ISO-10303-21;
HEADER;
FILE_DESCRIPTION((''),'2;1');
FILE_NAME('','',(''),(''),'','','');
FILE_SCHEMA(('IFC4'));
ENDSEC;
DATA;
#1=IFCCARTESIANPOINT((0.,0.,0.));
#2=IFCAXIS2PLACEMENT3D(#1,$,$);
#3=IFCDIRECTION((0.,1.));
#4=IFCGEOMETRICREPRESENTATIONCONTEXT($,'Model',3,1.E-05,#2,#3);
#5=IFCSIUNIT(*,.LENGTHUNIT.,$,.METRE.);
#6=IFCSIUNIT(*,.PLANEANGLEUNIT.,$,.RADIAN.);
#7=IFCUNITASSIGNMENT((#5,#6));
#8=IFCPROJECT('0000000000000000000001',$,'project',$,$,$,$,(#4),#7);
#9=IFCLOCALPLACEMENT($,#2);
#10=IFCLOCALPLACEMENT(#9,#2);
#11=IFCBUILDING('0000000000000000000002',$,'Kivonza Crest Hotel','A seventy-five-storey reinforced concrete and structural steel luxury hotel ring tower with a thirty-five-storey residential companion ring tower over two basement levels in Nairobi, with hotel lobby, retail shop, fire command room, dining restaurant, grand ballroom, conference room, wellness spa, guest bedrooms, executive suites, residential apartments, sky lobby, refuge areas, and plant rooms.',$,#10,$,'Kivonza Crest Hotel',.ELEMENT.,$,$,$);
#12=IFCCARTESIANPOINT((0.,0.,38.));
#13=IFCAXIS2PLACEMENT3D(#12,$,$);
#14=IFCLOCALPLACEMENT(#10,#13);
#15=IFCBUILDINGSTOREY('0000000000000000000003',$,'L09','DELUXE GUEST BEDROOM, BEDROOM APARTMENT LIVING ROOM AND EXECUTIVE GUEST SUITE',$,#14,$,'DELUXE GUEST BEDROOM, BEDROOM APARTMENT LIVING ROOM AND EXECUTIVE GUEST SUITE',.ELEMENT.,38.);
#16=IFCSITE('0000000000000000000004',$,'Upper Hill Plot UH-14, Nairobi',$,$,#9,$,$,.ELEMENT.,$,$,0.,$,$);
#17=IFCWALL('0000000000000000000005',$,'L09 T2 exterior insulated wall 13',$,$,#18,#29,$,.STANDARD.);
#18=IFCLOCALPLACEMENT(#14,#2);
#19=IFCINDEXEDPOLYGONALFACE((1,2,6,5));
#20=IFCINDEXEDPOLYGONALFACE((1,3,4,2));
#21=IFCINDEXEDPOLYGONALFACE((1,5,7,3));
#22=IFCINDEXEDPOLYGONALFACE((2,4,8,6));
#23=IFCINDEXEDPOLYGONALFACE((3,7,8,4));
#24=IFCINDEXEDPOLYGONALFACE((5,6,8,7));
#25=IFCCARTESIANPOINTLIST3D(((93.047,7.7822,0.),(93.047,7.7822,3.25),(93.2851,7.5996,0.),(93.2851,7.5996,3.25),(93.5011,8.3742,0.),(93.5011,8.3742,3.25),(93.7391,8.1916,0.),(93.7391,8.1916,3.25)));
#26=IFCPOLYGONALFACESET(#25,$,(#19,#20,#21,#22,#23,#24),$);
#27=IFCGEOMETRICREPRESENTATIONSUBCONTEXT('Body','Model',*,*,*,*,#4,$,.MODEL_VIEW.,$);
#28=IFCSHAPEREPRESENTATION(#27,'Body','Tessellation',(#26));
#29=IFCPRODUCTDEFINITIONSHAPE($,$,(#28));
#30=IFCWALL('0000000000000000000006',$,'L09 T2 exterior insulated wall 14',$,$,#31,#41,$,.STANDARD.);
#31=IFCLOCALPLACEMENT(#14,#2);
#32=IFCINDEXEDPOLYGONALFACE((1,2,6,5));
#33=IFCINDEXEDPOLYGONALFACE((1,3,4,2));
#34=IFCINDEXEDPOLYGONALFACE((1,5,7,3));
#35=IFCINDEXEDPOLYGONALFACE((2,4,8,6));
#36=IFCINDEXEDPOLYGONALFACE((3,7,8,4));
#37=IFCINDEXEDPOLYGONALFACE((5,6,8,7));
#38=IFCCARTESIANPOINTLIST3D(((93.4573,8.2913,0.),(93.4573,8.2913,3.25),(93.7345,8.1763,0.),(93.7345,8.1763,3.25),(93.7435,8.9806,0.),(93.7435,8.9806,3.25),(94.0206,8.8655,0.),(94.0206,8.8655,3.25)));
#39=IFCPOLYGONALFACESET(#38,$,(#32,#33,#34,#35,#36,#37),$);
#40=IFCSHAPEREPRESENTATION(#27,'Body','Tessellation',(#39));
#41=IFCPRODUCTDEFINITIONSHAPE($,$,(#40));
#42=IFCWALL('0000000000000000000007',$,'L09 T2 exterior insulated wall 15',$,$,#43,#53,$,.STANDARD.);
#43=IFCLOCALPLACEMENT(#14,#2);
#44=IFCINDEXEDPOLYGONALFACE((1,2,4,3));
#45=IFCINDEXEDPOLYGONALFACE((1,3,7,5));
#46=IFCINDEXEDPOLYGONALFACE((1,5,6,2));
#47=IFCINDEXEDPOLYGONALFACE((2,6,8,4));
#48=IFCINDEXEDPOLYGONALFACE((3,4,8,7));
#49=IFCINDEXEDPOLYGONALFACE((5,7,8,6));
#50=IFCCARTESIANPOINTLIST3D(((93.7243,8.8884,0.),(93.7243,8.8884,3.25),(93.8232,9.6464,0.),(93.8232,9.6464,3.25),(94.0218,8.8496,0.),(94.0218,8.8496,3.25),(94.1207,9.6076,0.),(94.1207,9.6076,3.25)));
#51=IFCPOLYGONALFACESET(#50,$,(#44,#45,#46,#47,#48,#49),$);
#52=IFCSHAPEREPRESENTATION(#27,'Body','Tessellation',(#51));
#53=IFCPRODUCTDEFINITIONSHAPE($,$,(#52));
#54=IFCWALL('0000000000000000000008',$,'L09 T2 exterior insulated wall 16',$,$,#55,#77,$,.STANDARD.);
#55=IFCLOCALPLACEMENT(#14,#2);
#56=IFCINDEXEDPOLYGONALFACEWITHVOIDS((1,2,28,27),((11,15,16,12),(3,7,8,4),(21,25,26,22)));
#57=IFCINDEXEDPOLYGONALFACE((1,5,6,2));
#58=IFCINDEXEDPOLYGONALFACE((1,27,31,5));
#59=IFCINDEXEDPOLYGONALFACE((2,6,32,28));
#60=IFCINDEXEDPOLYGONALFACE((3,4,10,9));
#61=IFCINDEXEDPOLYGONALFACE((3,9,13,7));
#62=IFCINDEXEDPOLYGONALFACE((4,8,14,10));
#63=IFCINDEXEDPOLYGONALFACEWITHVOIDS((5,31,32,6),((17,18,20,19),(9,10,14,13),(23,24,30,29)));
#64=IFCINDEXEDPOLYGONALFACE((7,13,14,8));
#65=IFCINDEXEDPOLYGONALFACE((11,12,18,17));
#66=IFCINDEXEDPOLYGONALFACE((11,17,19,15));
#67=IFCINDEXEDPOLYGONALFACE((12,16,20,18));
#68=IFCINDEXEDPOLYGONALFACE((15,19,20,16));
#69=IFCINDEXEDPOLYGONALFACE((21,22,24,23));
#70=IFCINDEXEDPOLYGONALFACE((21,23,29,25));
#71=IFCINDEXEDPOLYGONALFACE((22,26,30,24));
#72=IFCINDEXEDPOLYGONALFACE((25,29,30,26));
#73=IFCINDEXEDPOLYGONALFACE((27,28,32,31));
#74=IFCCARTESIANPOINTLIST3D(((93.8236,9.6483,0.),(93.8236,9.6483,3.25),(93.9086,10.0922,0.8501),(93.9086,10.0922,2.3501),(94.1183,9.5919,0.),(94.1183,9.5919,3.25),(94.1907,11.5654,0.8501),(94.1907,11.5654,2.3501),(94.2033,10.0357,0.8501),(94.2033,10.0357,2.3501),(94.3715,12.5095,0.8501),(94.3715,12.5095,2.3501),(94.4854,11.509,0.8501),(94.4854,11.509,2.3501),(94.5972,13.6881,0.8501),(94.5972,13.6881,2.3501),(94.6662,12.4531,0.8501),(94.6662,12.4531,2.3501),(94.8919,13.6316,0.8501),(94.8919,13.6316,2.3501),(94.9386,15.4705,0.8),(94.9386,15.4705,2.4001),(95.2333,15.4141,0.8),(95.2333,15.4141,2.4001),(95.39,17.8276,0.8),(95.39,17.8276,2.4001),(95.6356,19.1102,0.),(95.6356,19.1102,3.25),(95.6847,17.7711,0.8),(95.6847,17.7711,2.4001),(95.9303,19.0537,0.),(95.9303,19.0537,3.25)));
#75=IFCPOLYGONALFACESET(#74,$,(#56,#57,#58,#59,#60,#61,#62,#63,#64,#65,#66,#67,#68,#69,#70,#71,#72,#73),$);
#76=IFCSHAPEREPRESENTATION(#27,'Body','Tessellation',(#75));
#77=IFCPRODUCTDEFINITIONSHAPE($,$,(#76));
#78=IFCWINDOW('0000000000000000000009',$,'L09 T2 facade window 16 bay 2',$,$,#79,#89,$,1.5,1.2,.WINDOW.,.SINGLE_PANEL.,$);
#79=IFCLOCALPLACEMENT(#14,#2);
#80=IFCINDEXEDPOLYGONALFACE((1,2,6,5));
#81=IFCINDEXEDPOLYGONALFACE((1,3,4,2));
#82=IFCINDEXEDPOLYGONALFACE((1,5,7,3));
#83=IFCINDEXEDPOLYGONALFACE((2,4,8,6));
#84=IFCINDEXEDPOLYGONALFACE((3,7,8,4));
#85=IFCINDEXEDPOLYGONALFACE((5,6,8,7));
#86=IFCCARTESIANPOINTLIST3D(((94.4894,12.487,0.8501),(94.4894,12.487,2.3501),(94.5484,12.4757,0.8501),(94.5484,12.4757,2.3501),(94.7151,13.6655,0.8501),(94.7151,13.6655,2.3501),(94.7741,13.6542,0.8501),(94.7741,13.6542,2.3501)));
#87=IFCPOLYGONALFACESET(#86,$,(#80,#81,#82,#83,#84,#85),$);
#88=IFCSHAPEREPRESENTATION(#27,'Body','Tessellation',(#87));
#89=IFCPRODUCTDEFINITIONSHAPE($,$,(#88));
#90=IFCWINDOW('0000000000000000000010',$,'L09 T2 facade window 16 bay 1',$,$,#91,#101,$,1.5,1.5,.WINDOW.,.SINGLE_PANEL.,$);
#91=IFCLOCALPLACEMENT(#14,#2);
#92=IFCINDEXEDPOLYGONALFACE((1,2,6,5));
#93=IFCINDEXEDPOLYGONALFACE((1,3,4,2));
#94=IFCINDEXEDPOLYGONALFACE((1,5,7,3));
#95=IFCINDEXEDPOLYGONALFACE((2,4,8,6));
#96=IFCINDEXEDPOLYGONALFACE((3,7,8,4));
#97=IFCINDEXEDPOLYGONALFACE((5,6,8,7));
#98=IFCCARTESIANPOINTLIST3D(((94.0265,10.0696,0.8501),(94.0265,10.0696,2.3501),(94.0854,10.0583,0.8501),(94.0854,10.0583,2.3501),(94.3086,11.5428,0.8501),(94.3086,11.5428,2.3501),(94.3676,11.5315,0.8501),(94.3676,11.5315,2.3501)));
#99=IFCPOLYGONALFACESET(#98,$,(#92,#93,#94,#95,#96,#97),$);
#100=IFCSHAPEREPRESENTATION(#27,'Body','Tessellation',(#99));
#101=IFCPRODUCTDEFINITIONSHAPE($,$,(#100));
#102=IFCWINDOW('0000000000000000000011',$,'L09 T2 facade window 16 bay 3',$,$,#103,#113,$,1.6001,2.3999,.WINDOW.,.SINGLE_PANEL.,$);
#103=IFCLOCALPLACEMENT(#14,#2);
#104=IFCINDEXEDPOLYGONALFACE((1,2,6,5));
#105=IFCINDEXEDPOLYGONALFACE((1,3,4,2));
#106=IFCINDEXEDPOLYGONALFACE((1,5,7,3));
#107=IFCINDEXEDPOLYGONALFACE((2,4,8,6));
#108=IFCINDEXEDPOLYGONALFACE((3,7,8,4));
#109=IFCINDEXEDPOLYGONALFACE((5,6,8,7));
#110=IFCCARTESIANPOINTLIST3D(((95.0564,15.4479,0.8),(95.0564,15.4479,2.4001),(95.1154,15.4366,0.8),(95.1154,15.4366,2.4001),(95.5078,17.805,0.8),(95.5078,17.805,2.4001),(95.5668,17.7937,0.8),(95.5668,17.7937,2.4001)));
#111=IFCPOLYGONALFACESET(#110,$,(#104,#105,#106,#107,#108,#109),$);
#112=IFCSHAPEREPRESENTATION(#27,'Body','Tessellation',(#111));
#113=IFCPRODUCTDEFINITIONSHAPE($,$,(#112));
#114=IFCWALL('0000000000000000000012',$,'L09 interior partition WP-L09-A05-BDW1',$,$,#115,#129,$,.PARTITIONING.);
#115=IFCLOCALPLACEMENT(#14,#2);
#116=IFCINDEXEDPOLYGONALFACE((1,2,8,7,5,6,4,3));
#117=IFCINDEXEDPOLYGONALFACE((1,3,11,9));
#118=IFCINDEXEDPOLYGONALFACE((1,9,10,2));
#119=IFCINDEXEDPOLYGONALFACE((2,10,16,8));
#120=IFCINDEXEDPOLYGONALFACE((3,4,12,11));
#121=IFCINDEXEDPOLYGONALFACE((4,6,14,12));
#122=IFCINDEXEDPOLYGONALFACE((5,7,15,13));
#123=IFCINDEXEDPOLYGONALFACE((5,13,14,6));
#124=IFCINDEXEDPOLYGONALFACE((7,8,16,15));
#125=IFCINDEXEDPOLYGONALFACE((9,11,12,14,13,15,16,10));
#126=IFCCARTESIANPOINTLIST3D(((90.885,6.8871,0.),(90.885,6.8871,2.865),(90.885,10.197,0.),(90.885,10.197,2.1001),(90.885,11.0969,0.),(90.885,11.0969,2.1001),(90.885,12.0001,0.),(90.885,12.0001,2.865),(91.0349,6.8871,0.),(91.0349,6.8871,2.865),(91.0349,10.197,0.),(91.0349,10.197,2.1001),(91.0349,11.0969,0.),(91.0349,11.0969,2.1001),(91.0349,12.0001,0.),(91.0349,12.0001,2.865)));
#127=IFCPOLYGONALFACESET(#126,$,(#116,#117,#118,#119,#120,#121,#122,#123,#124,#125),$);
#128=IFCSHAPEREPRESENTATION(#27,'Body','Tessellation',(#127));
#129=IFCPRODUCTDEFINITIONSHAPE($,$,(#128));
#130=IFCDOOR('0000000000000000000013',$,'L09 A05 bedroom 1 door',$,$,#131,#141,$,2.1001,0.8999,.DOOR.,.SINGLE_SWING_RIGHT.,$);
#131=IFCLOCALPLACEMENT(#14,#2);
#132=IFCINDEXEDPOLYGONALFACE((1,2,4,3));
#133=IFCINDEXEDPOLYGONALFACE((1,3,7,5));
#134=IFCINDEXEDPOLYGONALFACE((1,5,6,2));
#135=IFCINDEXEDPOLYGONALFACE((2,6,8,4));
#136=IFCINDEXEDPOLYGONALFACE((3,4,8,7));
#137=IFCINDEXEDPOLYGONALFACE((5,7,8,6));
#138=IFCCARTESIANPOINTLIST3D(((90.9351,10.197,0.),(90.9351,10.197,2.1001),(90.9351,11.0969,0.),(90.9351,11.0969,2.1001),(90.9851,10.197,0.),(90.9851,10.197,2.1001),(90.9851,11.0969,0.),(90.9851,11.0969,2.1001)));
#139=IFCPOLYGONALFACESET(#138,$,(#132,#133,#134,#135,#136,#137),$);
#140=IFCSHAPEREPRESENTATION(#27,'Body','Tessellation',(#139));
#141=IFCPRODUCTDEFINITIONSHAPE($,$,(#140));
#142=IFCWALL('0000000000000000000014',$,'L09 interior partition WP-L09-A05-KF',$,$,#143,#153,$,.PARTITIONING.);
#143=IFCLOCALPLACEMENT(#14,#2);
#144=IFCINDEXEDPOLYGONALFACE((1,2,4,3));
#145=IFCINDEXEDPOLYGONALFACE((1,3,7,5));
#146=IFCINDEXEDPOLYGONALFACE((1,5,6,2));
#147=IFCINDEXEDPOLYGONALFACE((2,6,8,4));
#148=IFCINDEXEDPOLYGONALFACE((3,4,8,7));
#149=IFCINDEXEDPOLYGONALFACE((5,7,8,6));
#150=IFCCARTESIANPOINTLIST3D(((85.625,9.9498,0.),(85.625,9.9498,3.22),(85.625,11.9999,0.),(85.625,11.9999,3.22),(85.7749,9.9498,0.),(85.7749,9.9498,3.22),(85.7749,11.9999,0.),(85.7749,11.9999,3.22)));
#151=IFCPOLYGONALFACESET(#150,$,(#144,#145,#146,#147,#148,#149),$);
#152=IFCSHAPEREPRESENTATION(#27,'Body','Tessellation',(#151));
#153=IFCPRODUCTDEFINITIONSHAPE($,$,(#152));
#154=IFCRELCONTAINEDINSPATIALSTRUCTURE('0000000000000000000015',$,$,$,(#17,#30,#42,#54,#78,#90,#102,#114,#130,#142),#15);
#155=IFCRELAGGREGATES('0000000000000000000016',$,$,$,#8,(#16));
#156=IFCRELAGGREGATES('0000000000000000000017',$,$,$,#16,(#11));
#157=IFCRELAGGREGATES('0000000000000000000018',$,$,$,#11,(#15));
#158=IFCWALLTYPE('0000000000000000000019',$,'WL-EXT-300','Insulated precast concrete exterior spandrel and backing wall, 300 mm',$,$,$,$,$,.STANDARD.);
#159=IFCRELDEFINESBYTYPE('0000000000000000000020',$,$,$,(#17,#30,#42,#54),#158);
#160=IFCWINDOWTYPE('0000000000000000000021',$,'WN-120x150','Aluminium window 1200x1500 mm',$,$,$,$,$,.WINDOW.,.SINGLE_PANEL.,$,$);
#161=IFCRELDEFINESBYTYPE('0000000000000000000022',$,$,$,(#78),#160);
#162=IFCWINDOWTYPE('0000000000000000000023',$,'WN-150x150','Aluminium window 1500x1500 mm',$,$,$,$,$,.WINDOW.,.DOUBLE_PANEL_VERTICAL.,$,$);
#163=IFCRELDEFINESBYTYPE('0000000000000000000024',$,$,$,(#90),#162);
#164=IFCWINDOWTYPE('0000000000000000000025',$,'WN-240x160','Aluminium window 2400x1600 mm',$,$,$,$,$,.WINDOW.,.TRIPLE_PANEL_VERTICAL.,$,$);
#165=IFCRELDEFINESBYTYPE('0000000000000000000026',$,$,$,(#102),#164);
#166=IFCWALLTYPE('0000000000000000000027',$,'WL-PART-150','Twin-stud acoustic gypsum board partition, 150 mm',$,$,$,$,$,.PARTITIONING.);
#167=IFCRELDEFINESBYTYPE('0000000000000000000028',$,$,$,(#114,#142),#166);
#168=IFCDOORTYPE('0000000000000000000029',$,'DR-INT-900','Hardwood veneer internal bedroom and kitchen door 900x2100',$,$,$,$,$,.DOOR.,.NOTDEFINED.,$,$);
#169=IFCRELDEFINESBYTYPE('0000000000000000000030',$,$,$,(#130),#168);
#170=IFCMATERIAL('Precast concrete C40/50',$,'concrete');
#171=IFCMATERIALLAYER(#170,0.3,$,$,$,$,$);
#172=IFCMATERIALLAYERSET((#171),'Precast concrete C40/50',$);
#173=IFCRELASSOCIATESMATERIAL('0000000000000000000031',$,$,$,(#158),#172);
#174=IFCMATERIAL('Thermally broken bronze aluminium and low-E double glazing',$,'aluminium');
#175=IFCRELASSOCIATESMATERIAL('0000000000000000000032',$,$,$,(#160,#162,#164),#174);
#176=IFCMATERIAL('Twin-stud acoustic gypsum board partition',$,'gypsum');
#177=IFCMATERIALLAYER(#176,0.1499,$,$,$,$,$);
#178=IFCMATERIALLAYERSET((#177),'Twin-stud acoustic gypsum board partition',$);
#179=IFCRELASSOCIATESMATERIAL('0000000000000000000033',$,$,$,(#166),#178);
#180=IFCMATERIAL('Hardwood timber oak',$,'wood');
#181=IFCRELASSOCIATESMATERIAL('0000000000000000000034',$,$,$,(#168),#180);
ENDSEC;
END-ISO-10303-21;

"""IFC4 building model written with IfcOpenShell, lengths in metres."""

from ifc_helpers import new_model, si_unit, direction, frame, frame_2d, origin, place, context, subcontext, project, spatial, rectangle, extrude, material, layer, layer_set, type_object, element, fill, save


model = new_model("IFC4")

# Units and contexts
model_context = context("Model", 3, precision=1e-05, world=origin(), true_north=direction((0.0, 1.0)))
body_context = subcontext(model_context, "Body", "Model", "MODEL_VIEW")
ifc_project = project(units=[si_unit("LENGTHUNIT", "METRE"), si_unit("PLANEANGLEUNIT", "RADIAN")], contexts=[model_context])

# Site, building, storey
site_placement = place(None, origin())
site = spatial("IfcSite", under=ifc_project, at=site_placement, Name="Upper Hill Plot UH-14, Nairobi", CompositionType="ELEMENT", RefElevation=0.0)
building_placement = place(site_placement, origin())
building = spatial("IfcBuilding", under=site, at=building_placement, Name="Kivonza Crest Hotel", Description="A seventy-five-storey reinforced concrete and structural steel luxury hotel ring tower with a thirty-five-storey residential companion ring tower over two basement levels in Nairobi, with hotel lobby, retail shop, fire command room, dining restaurant, grand ballroom, conference room, wellness spa, guest bedrooms, executive suites, residential apartments, sky lobby, refuge areas, and plant rooms.", LongName="Kivonza Crest Hotel", CompositionType="ELEMENT")
storey_placement = place(building_placement, frame((0.0, 0.0, 38.0)))
storey = spatial("IfcBuildingStorey", under=building, at=storey_placement, Name="L09", Description="DELUXE GUEST BEDROOM, BEDROOM APARTMENT LIVING ROOM AND EXECUTIVE GUEST SUITE", LongName="DELUXE GUEST BEDROOM, BEDROOM APARTMENT LIVING ROOM AND EXECUTIVE GUEST SUITE", CompositionType="ELEMENT", Elevation=38.0)

# Shared definitions
ifc_material_1 = material(Name="Hardwood timber oak", Category="wood")

# Walls
ifc_material_2 = material(Name="Precast concrete C40/50", Category="concrete")
ifc_layer_1 = layer(ifc_material_2, 0.3)
ifc_layer_set_1 = layer_set([ifc_layer_1], Name="Precast concrete C40/50")
wall_type_1 = type_object("IfcWallType", Name="WL-EXT-300", Description="Insulated precast concrete exterior spandrel and backing wall, 300 mm", PredefinedType="STANDARD", material=ifc_layer_set_1)
for number, where, z_axis, x_axis, name in (
    (1, (93.166, 7.6909, 0.0), (0.0, 0.0, 1.0), (0.608603, 0.793475, 0.0), "L09 T2 exterior insulated wall 13"),
):
    element("IfcWall", number, at=place(storey_placement, frame(where, z_axis=z_axis, x_axis=x_axis)), inside=storey, type_object=wall_type_1, Name=name, PredefinedType="STANDARD", context=body_context, shape_type="SweptSolid", body=[
        extrude(rectangle(XDim=0.7461, YDim=0.3, at=frame_2d((0.373, 0.0))), origin(), (0.0, 0.0, 1.0), 3.25),
    ])
wall_1_placement = place(storey_placement, frame((93.5959, 8.2339, 0.0), z_axis=(0.0, 0.0, 1.0), x_axis=(0.38343, 0.92357, 0.0)))
element("IfcWall", 2, at=wall_1_placement, inside=storey, type_object=wall_type_1, Name="L09 T2 exterior insulated wall 14", PredefinedType="STANDARD", context=body_context, shape_type="SweptSolid", body=[
    extrude(rectangle(XDim=0.7463, YDim=0.3, at=frame_2d((0.373, 0.0))), origin(), (0.0, 0.0, 1.0), 3.25),
])
wall_2_placement = place(storey_placement, frame((93.873, 8.8689, 0.0), z_axis=(0.0, 0.0, 1.0), x_axis=(0.129339, 0.9916, 0.0)))
element("IfcWall", 3, at=wall_2_placement, inside=storey, type_object=wall_type_1, Name="L09 T2 exterior insulated wall 15", PredefinedType="STANDARD", context=body_context, shape_type="SweptSolid", body=[
    extrude(rectangle(XDim=0.7644, YDim=0.3, at=frame_2d((0.3823, 0.0))), origin(), (0.0, 0.0, 1.0), 3.25),
])

# Wall, openings, windows
wall_3_placement = place(storey_placement, frame((93.9709, 9.6201, 0.0), z_axis=(0.0, 0.0, 1.0), x_axis=(0.188088, 0.982152, 0.0)))
wall_3 = element("IfcWall", 4, at=wall_3_placement, inside=storey, type_object=wall_type_1, Name="L09 T2 exterior insulated wall 16", PredefinedType="STANDARD", context=body_context, shape_type="SweptSolid", body=[
    extrude(rectangle(XDim=9.6338, YDim=0.3, at=frame_2d((4.8169, 0.0))), origin(), (0.0, 0.0, 1.0), 3.25),
])
opening_1_placement = place(wall_3_placement, frame((0.4519, 0.0, 0.8501)))
opening_1 = element("IfcOpeningElement", 5, at=opening_1_placement, cuts=wall_3, PredefinedType="OPENING", context=body_context, shape_type="SweptSolid", body=[
    extrude(rectangle(XDim=1.5, YDim=1.5, at=frame_2d((0.75, 0.75))), frame((0.0, 0.1602, 0.0), z_axis=(0.0, -1.0, 0.0), x_axis=(1.0, 0.0, 0.0)), (0.0, 0.0, 1.0), 0.3201),
])
opening_2_placement = place(wall_3_placement, frame((2.9131, 0.0, 0.8501)))
opening_2 = element("IfcOpeningElement", 6, at=opening_2_placement, cuts=wall_3, PredefinedType="OPENING", context=body_context, shape_type="SweptSolid", body=[
    extrude(rectangle(XDim=1.2, YDim=1.5, at=frame_2d((0.6001, 0.75))), frame((0.0, 0.1602, 0.0), z_axis=(0.0, -1.0, 0.0), x_axis=(1.0, 0.0, 0.0)), (0.0, 0.0, 1.0), 0.3201),
])
opening_3_placement = place(wall_3_placement, frame((5.928, 0.0, 0.8)))
opening_3 = element("IfcOpeningElement", 7, at=opening_3_placement, cuts=wall_3, PredefinedType="OPENING", context=body_context, shape_type="SweptSolid", body=[
    extrude(rectangle(XDim=2.3999, YDim=1.6001, at=frame_2d((1.2, 0.8))), frame((0.0, 0.1602, 0.0), z_axis=(0.0, -1.0, 0.0), x_axis=(1.0, 0.0, 0.0)), (0.0, 0.0, 1.0), 0.3201),
])
ifc_material_3 = material(Name="Thermally broken bronze aluminium and low-E double glazing", Category="aluminium")
window_type_1 = type_object("IfcWindowType", Name="WN-120x150", Description="Aluminium window 1200x1500 mm", PartitioningType="SINGLE_PANEL", PredefinedType="WINDOW", material=ifc_material_3)
window_1_placement = place(opening_2_placement, origin())
window_1 = element("IfcWindow", 8, at=window_1_placement, inside=storey, type_object=window_type_1, Name="L09 T2 facade window 16 bay 2", OverallHeight=1.5, OverallWidth=1.2, PartitioningType="SINGLE_PANEL", PredefinedType="WINDOW", context=body_context, shape_type="SweptSolid", body=[
    extrude(rectangle(XDim=1.2, YDim=1.5, at=frame_2d((0.6001, 0.75))), frame((0.0, 0.03, 0.0), z_axis=(0.0, -1.0, 0.0), x_axis=(1.0, 0.0, 0.0)), (0.0, 0.0, 1.0), 0.0601),
])
fill(opening_2, window_1)
window_type_2 = type_object("IfcWindowType", Name="WN-150x150", Description="Aluminium window 1500x1500 mm", PartitioningType="DOUBLE_PANEL_VERTICAL", PredefinedType="WINDOW", material=ifc_material_3)
window_2_placement = place(opening_1_placement, origin())
window_2 = element("IfcWindow", 9, at=window_2_placement, inside=storey, type_object=window_type_2, Name="L09 T2 facade window 16 bay 1", OverallHeight=1.5, OverallWidth=1.5, PartitioningType="SINGLE_PANEL", PredefinedType="WINDOW", context=body_context, shape_type="SweptSolid", body=[
    extrude(rectangle(XDim=1.5, YDim=1.5, at=frame_2d((0.75, 0.75))), frame((0.0, 0.03, 0.0), z_axis=(0.0, -1.0, 0.0), x_axis=(1.0, 0.0, 0.0)), (0.0, 0.0, 1.0), 0.0601),
])
fill(opening_1, window_2)
window_type_3 = type_object("IfcWindowType", Name="WN-240x160", Description="Aluminium window 2400x1600 mm", PartitioningType="TRIPLE_PANEL_VERTICAL", PredefinedType="WINDOW", material=ifc_material_3)
window_3_placement = place(opening_3_placement, origin())
window_3 = element("IfcWindow", 10, at=window_3_placement, inside=storey, type_object=window_type_3, Name="L09 T2 facade window 16 bay 3", OverallHeight=1.6001, OverallWidth=2.3999, PartitioningType="SINGLE_PANEL", PredefinedType="WINDOW", context=body_context, shape_type="SweptSolid", body=[
    extrude(rectangle(XDim=2.3999, YDim=1.6001, at=frame_2d((1.2, 0.8))), frame((0.0, 0.03, 0.0), z_axis=(0.0, -1.0, 0.0), x_axis=(1.0, 0.0, 0.0)), (0.0, 0.0, 1.0), 0.0601),
])
fill(opening_3, window_3)

# Wall, opening, door
ifc_material_4 = material(Name="Twin-stud acoustic gypsum board partition", Category="gypsum")
ifc_layer_2 = layer(ifc_material_4, 0.1499)
ifc_layer_set_2 = layer_set([ifc_layer_2], Name="Twin-stud acoustic gypsum board partition")
wall_type_2 = type_object("IfcWallType", Name="WL-PART-150", Description="Twin-stud acoustic gypsum board partition, 150 mm", PredefinedType="PARTITIONING", material=ifc_layer_set_2)
wall_4_placement = place(storey_placement, frame((90.96, 6.887, 0.0), z_axis=(0.0, 0.0, 1.0), x_axis=(0.0, 1.0, 0.0)))
wall_4 = element("IfcWall", 11, at=wall_4_placement, inside=storey, type_object=wall_type_2, Name="L09 interior partition WP-L09-A05-BDW1", PredefinedType="PARTITIONING", context=body_context, shape_type="SweptSolid", body=[
    extrude(rectangle(XDim=5.113, YDim=0.1499, at=frame_2d((2.5566, 0.0))), origin(), (0.0, 0.0, 1.0), 2.865),
])
opening_4_placement = place(wall_4_placement, frame((3.3101, 0.0, 0.0)))
opening_4 = element("IfcOpeningElement", 12, at=opening_4_placement, cuts=wall_4, PredefinedType="OPENING", context=body_context, shape_type="SweptSolid", body=[
    extrude(rectangle(XDim=0.8999, YDim=2.1001, at=frame_2d((0.45, 1.05))), frame((0.0, 0.085, 0.0), z_axis=(0.0, -1.0, 0.0), x_axis=(1.0, 0.0, 0.0)), (0.0, 0.0, 1.0), 0.1699),
])
door_type_1 = type_object("IfcDoorType", Name="DR-INT-900", Description="Hardwood veneer internal bedroom and kitchen door 900x2100", OperationType="NOTDEFINED", PredefinedType="DOOR", material=ifc_material_1)
door_1_placement = place(opening_4_placement, origin())
door_1 = element("IfcDoor", 13, at=door_1_placement, inside=storey, type_object=door_type_1, Name="L09 A05 bedroom 1 door", OperationType="SINGLE_SWING_RIGHT", OverallHeight=2.1001, OverallWidth=0.8999, PredefinedType="DOOR", context=body_context, shape_type="SweptSolid", body=[
    extrude(rectangle(XDim=0.8999, YDim=2.1001, at=frame_2d((0.45, 1.05))), frame((0.0, 0.0249, 0.0), z_axis=(0.0, -1.0, 0.0), x_axis=(1.0, 0.0, 0.0)), (0.0, 0.0, 1.0), 0.05),
])
fill(opening_4, door_1)

# Wall
wall_5_placement = place(storey_placement, frame((85.7, 9.95, 0.0), z_axis=(0.0, 0.0, 1.0), x_axis=(0.0, 1.0, 0.0)))
element("IfcWall", 14, at=wall_5_placement, inside=storey, type_object=wall_type_2, Name="L09 interior partition WP-L09-A05-KF", PredefinedType="PARTITIONING", context=body_context, shape_type="SweptSolid", body=[
    extrude(rectangle(XDim=2.05, YDim=0.1499, at=frame_2d((1.0249, 0.0))), origin(), (0.0, 0.0, 1.0), 3.22),
])

save(model, "model.ifc")
